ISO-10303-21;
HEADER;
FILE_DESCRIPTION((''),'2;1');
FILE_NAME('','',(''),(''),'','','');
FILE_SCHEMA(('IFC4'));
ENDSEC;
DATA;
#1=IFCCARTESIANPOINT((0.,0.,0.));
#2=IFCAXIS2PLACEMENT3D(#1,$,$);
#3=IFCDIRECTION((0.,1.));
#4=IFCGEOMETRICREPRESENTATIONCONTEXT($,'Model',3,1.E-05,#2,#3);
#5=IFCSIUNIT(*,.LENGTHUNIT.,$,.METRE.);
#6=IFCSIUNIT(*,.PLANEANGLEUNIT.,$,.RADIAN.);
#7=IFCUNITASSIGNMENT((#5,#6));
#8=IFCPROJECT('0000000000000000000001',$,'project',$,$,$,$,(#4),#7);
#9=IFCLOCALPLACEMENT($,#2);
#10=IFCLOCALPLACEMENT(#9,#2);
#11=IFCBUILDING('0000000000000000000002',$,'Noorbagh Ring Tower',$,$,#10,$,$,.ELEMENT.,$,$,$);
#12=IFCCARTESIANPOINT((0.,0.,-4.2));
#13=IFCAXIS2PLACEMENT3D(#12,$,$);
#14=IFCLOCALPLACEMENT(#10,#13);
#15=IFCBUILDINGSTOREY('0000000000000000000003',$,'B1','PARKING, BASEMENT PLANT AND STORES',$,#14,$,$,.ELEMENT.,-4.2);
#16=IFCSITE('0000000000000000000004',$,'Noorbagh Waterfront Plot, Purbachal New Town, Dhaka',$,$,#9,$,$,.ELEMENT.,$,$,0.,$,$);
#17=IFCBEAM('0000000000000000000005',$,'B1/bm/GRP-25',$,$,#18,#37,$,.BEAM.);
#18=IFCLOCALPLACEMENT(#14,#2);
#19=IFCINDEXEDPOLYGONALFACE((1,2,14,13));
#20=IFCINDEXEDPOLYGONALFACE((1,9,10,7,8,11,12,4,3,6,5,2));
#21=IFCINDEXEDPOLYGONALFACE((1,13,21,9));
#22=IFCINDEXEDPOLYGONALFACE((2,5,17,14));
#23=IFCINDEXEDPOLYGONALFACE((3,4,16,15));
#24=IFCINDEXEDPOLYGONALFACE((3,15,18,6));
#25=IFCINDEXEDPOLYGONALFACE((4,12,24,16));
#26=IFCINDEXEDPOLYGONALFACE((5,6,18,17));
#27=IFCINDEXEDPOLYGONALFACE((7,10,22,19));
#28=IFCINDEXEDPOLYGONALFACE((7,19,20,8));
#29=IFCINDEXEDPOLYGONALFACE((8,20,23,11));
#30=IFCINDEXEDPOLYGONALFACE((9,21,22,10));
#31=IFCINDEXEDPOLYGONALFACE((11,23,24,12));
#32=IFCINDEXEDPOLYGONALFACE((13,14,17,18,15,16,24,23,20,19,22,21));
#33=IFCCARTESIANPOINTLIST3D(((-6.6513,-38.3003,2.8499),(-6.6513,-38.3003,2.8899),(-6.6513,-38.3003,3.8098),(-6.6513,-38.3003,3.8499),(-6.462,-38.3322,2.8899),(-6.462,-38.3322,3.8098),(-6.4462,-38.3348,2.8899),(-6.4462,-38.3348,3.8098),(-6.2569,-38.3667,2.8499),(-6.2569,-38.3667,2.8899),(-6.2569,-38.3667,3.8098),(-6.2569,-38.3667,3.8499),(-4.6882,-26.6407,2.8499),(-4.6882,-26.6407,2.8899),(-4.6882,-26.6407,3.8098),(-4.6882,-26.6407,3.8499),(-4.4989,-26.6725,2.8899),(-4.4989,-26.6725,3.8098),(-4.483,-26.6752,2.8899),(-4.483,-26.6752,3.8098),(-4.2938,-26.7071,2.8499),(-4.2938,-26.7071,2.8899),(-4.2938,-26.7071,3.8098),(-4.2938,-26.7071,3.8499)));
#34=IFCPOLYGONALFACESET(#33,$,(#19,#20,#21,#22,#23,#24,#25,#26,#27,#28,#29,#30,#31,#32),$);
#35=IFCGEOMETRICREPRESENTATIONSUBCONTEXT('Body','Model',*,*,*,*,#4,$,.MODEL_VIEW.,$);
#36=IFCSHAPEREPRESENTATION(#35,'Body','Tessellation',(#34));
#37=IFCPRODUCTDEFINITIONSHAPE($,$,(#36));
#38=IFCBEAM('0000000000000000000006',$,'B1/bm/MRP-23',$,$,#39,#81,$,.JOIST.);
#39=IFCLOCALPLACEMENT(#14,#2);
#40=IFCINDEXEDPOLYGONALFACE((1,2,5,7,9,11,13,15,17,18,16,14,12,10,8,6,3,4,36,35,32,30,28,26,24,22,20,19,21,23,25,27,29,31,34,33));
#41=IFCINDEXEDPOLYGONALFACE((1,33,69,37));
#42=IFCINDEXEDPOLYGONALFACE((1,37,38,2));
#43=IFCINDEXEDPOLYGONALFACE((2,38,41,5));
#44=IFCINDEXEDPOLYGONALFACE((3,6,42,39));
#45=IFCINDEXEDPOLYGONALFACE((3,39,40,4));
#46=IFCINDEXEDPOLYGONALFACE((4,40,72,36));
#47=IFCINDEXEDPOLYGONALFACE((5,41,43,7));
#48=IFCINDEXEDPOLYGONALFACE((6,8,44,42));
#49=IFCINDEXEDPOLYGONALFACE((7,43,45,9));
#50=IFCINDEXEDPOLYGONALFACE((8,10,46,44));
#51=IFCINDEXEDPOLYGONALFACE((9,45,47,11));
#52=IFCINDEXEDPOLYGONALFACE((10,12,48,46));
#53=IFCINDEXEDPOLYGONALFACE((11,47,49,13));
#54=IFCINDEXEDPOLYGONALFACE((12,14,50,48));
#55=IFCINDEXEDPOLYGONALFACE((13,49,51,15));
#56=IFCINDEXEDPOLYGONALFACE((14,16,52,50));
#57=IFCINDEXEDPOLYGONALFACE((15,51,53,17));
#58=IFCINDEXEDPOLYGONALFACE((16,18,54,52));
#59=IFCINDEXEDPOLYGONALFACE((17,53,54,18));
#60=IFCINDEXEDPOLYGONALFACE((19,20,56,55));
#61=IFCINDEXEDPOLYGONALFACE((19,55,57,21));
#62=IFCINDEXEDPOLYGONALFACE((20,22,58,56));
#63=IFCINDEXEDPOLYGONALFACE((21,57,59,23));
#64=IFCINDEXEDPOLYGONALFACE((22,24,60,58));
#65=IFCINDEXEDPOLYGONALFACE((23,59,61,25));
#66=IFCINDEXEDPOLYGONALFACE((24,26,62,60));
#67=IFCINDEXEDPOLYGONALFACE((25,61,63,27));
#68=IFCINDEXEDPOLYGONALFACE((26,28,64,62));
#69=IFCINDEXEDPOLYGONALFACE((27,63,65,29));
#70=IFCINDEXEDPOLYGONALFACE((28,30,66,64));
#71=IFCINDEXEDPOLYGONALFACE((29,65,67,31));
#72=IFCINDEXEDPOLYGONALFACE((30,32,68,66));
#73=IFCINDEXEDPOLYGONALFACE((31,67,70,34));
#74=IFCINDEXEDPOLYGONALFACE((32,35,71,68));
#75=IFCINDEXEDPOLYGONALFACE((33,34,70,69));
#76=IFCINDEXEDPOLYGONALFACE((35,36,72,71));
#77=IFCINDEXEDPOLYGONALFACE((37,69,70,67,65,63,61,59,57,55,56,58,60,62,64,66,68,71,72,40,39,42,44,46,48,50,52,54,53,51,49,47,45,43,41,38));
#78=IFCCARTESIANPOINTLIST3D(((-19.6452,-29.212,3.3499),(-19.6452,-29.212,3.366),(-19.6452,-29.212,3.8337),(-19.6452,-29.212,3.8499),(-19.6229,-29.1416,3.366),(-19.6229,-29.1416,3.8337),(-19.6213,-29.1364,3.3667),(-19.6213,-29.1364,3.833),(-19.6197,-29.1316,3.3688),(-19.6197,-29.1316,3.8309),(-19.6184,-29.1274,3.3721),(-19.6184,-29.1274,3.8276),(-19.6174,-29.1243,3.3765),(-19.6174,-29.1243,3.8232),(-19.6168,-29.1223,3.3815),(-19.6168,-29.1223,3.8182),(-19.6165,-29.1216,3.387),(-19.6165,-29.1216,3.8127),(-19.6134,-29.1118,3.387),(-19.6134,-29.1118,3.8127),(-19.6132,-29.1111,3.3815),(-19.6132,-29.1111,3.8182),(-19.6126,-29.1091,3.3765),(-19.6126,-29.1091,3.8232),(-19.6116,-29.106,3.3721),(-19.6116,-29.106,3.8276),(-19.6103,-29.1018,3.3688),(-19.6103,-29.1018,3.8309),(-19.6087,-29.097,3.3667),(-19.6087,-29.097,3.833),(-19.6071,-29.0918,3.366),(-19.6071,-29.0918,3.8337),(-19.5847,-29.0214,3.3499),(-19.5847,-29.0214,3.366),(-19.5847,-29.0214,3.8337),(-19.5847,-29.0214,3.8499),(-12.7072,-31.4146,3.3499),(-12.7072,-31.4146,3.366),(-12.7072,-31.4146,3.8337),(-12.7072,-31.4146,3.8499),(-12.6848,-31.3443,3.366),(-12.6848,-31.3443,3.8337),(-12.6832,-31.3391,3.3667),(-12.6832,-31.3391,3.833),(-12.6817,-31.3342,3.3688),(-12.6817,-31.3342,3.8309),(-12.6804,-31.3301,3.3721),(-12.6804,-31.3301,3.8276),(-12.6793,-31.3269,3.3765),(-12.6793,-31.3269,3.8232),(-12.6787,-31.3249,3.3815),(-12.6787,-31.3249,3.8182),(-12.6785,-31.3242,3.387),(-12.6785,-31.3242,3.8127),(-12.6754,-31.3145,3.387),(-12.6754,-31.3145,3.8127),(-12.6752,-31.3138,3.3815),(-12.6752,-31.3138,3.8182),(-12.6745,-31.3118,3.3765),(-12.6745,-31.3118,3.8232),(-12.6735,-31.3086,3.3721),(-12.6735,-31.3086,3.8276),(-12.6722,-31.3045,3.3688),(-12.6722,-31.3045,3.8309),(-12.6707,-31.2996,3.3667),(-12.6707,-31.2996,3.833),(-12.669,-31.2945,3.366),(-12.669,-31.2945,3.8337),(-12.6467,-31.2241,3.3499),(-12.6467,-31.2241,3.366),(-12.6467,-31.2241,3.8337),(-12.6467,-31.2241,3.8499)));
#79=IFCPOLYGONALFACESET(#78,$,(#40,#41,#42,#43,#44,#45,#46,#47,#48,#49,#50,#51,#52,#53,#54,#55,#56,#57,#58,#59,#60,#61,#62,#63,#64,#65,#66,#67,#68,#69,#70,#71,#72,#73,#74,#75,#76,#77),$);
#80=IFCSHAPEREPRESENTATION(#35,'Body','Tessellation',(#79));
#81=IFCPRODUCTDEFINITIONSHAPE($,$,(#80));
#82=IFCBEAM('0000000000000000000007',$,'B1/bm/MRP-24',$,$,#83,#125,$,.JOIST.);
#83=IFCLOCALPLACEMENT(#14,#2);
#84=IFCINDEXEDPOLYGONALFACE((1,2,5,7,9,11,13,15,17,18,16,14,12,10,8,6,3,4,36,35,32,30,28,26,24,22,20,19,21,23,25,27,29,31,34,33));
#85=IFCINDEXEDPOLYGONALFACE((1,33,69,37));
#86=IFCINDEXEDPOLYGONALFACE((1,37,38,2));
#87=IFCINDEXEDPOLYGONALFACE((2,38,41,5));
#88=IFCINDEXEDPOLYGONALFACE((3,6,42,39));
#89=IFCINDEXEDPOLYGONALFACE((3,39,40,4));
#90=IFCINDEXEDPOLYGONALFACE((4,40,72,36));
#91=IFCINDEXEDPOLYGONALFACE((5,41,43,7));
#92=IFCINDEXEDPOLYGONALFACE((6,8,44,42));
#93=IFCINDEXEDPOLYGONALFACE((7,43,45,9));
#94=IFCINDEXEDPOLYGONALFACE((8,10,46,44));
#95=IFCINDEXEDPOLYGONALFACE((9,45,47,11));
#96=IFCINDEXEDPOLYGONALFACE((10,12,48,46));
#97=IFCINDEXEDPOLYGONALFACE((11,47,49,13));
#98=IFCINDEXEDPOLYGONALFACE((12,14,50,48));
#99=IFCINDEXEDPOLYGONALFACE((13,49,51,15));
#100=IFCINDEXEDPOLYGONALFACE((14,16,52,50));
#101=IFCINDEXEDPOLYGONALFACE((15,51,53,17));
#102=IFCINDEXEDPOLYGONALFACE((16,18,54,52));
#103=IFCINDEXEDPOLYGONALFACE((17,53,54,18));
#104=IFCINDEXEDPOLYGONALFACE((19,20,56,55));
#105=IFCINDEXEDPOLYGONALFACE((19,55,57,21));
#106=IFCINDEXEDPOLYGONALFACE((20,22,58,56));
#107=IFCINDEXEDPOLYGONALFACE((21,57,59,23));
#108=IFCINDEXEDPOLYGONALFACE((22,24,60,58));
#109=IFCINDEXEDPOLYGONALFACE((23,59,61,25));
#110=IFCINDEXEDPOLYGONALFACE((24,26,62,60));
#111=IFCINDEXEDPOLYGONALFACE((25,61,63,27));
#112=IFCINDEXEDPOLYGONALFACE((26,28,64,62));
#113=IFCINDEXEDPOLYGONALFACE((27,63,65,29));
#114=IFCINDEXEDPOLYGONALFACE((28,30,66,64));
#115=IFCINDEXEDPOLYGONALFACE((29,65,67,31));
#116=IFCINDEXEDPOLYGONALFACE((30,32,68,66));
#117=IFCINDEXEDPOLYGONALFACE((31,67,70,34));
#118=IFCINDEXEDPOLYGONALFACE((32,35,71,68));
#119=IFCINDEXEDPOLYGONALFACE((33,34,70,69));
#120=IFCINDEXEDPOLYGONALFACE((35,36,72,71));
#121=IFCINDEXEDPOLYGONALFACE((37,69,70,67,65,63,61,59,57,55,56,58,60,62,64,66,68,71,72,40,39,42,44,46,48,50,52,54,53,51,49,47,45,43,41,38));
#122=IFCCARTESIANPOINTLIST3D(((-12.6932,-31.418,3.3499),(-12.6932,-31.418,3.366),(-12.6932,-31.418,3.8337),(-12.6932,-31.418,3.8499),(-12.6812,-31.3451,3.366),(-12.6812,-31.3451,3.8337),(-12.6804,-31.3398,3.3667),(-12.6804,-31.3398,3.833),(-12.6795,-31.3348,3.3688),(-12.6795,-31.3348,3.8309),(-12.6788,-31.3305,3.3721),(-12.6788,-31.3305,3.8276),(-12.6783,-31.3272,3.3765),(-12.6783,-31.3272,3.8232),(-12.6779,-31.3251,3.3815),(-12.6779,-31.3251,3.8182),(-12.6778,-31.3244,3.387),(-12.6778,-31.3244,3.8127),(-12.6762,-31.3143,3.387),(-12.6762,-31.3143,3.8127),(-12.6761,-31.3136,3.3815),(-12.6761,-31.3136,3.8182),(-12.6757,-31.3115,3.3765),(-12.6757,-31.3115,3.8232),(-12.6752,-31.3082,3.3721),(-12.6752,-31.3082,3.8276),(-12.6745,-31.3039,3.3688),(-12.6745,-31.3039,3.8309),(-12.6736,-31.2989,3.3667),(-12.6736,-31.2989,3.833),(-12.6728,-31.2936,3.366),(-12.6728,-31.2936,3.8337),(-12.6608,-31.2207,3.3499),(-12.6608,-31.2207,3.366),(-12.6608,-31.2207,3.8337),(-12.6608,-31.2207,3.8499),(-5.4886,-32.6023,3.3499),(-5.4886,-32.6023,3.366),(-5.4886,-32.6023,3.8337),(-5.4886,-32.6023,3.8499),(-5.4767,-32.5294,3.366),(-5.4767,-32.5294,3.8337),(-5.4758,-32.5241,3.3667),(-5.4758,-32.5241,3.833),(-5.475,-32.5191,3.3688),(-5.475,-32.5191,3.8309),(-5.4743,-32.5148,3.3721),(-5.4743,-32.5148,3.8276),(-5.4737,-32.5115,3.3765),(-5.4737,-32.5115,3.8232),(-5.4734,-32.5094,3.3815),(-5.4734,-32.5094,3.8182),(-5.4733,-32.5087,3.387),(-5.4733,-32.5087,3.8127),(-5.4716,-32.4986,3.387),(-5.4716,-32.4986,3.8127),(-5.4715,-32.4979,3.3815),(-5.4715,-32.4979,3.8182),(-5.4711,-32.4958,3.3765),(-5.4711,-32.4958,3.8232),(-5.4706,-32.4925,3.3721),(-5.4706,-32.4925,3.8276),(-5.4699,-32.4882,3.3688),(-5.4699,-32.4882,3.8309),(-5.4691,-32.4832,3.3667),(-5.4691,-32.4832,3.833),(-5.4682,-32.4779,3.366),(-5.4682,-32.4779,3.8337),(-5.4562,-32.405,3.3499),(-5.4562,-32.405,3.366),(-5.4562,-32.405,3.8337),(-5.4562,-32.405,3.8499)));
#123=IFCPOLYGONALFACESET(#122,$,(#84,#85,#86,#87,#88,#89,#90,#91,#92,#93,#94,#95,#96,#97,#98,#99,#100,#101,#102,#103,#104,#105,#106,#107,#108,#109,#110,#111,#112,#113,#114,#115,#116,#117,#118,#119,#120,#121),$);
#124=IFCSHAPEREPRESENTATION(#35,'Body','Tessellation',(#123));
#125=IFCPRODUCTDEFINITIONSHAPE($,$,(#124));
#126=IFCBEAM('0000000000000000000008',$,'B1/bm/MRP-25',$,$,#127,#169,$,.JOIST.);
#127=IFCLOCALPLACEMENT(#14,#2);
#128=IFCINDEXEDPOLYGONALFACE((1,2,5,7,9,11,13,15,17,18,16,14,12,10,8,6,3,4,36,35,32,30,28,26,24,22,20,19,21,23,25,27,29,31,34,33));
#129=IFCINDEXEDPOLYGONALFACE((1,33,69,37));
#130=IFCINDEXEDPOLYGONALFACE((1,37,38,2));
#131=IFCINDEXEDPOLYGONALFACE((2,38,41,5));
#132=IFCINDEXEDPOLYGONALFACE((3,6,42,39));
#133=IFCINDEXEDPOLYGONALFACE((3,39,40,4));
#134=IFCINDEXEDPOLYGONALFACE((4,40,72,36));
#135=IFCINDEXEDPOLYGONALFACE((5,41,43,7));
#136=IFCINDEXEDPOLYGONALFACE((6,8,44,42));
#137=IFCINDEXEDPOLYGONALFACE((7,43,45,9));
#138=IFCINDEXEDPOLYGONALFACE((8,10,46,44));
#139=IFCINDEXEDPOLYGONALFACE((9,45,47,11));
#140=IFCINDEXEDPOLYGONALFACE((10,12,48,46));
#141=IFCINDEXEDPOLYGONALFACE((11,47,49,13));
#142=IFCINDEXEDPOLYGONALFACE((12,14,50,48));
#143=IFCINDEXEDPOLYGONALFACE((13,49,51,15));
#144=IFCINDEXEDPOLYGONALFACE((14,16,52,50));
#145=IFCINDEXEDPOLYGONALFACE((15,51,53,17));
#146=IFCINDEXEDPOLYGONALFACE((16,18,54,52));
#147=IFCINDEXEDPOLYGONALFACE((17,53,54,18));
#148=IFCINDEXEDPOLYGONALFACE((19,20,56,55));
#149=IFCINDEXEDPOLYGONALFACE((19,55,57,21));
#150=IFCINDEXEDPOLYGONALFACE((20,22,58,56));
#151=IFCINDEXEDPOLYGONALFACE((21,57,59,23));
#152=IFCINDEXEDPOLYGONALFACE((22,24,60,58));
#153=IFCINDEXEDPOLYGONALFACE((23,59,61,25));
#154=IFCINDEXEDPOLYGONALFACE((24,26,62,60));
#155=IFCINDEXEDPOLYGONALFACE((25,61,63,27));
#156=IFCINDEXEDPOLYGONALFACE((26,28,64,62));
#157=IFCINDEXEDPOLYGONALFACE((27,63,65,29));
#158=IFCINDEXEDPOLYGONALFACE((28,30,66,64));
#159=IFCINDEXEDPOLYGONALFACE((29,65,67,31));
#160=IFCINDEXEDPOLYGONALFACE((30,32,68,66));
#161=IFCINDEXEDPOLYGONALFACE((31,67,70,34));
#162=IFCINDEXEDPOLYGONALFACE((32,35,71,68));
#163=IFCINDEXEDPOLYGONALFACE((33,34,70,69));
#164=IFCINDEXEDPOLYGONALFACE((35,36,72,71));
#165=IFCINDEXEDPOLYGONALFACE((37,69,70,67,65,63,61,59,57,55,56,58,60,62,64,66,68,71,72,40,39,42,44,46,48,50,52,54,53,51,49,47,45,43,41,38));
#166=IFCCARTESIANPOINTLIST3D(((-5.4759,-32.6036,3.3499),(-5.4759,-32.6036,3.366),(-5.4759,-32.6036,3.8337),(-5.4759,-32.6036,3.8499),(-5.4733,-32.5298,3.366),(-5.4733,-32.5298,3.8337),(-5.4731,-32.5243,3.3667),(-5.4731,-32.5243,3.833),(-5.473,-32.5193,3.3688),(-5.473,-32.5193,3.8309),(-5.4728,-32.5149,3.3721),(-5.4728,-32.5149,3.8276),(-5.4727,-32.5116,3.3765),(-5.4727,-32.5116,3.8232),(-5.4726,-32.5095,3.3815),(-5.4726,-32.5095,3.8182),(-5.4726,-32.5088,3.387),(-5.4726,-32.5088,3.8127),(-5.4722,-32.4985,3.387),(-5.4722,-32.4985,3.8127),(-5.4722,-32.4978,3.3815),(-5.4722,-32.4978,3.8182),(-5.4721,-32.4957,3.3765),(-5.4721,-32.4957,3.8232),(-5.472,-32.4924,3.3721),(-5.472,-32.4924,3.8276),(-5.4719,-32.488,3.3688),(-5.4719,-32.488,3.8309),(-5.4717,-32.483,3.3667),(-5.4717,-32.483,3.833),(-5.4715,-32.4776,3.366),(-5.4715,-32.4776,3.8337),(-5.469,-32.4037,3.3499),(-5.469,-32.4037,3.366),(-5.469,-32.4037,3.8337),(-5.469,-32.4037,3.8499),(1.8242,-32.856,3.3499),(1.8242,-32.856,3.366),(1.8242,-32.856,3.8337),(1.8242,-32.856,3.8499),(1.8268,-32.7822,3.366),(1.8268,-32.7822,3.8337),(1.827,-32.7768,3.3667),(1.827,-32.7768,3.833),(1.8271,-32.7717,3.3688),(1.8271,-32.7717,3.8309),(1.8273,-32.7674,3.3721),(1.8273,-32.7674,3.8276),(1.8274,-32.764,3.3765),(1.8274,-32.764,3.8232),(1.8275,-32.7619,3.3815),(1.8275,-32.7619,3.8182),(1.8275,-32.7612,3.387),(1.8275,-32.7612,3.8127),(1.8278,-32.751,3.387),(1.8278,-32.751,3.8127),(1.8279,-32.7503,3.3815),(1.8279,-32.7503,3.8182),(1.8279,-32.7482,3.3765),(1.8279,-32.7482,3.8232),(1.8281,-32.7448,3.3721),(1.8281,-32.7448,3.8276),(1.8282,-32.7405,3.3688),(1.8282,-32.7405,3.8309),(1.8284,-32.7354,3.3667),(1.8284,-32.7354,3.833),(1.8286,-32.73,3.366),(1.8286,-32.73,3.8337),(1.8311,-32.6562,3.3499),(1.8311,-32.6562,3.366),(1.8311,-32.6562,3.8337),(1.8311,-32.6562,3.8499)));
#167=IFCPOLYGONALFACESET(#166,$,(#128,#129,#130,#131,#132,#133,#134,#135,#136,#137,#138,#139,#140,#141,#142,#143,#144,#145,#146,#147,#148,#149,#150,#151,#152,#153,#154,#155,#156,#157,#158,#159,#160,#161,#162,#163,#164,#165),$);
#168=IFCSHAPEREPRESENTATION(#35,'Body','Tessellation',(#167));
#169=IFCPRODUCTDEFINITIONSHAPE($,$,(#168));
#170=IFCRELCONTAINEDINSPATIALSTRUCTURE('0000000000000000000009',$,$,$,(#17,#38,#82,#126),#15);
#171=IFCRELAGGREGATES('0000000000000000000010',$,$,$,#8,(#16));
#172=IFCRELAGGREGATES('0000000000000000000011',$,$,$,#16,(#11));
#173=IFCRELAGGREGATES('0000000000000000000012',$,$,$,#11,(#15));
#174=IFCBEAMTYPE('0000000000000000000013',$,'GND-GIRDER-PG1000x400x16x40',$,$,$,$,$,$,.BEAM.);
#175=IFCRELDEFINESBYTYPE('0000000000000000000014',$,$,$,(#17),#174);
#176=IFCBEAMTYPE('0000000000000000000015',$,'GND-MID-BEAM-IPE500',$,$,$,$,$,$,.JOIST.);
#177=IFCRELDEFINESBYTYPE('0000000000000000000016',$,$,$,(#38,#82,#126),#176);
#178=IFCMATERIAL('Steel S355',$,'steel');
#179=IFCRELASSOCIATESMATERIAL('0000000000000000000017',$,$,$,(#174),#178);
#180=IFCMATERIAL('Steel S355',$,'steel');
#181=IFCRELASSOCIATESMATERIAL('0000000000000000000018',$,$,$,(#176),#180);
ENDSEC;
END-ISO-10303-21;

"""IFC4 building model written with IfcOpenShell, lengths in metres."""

from ifc_helpers import new_model, si_unit, direction, frame, origin, origin_2d, place, context, subcontext, project, spatial, i_section, extrude, material, material_profile, profile_set, type_object, element, save


model = new_model("IFC4")

# Units and contexts
model_context = context("Model", 3, precision=1e-05, world=origin(), true_north=direction((0.0, 1.0)))
body_context = subcontext(model_context, "Body", "Model", "MODEL_VIEW")
ifc_project = project(units=[si_unit("LENGTHUNIT", "METRE"), si_unit("PLANEANGLEUNIT", "RADIAN")], contexts=[model_context])

# Site, building, storey
site_placement = place(None, origin())
site = spatial("IfcSite", under=ifc_project, at=site_placement, Name="Noorbagh Waterfront Plot, Purbachal New Town, Dhaka", CompositionType="ELEMENT", RefElevation=0.0)
building_placement = place(site_placement, origin())
building = spatial("IfcBuilding", under=site, at=building_placement, Name="Noorbagh Ring Tower", CompositionType="ELEMENT")
storey_placement = place(building_placement, frame((0.0, 0.0, -4.2)))
storey = spatial("IfcBuildingStorey", under=building, at=storey_placement, Name="B1", Description="PARKING, BASEMENT PLANT AND STORES", CompositionType="ELEMENT", Elevation=-4.2)

# Beams
ifc_material_1 = material(Name="Steel S355", Category="steel")
ifc_material_profile_1 = material_profile(ifc_material_1, i_section(OverallWidth=0.3999, OverallDepth=1.0, WebThickness=0.0161, FlangeThickness=0.04, at=origin_2d()), Name="PG1000x400x16x40")
ifc_profile_set_1 = profile_set([ifc_material_profile_1], Name="Steel S355")
beam_type_1 = type_object("IfcBeamType", Name="GND-GIRDER-PG1000x400x16x40", PredefinedType="BEAM", material=ifc_profile_set_1)
beam_1_placement = place(storey_placement, frame((-6.4541, -38.3335, 3.3499), z_axis=(0.166033, 0.98612, 0.0), x_axis=(-0.98612, 0.166033, 0.0)))
element("IfcBeam", 1, at=beam_1_placement, inside=storey, type_object=beam_type_1, Name="B1/bm/GRP-25", PredefinedType="BEAM", context=body_context, shape_type="SweptSolid", body=[
    extrude(i_section(OverallWidth=0.3999, OverallDepth=1.0, WebThickness=0.0161, FlangeThickness=0.04, at=origin_2d()), origin(), (0.0, 0.0, 1.0), 11.8237),
])
ifc_material_2 = material(Name="Steel S355", Category="steel")
ifc_material_profile_2 = material_profile(ifc_material_2, i_section(OverallWidth=0.2, OverallDepth=0.5, WebThickness=0.0103, FlangeThickness=0.0161, FilletRadius=0.021, at=origin_2d()), Name="IPE500")
ifc_profile_set_2 = profile_set([ifc_material_profile_2], Name="Steel S355")
beam_type_2 = type_object("IfcBeamType", Name="GND-MID-BEAM-IPE500", PredefinedType="JOIST", material=ifc_profile_set_2)
beam_2_placement = place(storey_placement, frame((-19.615, -29.1167, 3.5999), z_axis=(0.95312, -0.302592, 0.0), x_axis=(0.302592, 0.95312, 0.0)))
element("IfcBeam", 2, at=beam_2_placement, inside=storey, type_object=beam_type_2, Name="B1/bm/MRP-23", PredefinedType="JOIST", context=body_context, shape_type="SweptSolid", body=[
    extrude(i_section(OverallWidth=0.2, OverallDepth=0.5, WebThickness=0.0103, FlangeThickness=0.0161, FilletRadius=0.021, at=origin_2d()), origin(), (0.0, 0.0, 1.0), 7.2793),
])
beam_3_placement = place(storey_placement, frame((-12.677, -31.3193, 3.5999), z_axis=(0.986757, -0.162208, 0.0), x_axis=(0.162208, 0.986757, 0.0)))
element("IfcBeam", 3, at=beam_3_placement, inside=storey, type_object=beam_type_2, Name="B1/bm/MRP-24", PredefinedType="JOIST", context=body_context, shape_type="SweptSolid", body=[
    extrude(i_section(OverallWidth=0.2, OverallDepth=0.5, WebThickness=0.0103, FlangeThickness=0.0161, FilletRadius=0.021, at=origin_2d()), origin(), (0.0, 0.0, 1.0), 7.3013),
])
beam_4_placement = place(storey_placement, frame((-5.4724, -32.5037, 3.5999), z_axis=(0.999403, -0.03456, 0.0), x_axis=(0.03456, 0.999403, 0.0)))
element("IfcBeam", 4, at=beam_4_placement, inside=storey, type_object=beam_type_2, Name="B1/bm/MRP-25", PredefinedType="JOIST", context=body_context, shape_type="SweptSolid", body=[
    extrude(i_section(OverallWidth=0.2, OverallDepth=0.5, WebThickness=0.0103, FlangeThickness=0.0161, FilletRadius=0.021, at=origin_2d()), origin(), (0.0, 0.0, 1.0), 7.3044),
])

save(model, "model.ifc")
